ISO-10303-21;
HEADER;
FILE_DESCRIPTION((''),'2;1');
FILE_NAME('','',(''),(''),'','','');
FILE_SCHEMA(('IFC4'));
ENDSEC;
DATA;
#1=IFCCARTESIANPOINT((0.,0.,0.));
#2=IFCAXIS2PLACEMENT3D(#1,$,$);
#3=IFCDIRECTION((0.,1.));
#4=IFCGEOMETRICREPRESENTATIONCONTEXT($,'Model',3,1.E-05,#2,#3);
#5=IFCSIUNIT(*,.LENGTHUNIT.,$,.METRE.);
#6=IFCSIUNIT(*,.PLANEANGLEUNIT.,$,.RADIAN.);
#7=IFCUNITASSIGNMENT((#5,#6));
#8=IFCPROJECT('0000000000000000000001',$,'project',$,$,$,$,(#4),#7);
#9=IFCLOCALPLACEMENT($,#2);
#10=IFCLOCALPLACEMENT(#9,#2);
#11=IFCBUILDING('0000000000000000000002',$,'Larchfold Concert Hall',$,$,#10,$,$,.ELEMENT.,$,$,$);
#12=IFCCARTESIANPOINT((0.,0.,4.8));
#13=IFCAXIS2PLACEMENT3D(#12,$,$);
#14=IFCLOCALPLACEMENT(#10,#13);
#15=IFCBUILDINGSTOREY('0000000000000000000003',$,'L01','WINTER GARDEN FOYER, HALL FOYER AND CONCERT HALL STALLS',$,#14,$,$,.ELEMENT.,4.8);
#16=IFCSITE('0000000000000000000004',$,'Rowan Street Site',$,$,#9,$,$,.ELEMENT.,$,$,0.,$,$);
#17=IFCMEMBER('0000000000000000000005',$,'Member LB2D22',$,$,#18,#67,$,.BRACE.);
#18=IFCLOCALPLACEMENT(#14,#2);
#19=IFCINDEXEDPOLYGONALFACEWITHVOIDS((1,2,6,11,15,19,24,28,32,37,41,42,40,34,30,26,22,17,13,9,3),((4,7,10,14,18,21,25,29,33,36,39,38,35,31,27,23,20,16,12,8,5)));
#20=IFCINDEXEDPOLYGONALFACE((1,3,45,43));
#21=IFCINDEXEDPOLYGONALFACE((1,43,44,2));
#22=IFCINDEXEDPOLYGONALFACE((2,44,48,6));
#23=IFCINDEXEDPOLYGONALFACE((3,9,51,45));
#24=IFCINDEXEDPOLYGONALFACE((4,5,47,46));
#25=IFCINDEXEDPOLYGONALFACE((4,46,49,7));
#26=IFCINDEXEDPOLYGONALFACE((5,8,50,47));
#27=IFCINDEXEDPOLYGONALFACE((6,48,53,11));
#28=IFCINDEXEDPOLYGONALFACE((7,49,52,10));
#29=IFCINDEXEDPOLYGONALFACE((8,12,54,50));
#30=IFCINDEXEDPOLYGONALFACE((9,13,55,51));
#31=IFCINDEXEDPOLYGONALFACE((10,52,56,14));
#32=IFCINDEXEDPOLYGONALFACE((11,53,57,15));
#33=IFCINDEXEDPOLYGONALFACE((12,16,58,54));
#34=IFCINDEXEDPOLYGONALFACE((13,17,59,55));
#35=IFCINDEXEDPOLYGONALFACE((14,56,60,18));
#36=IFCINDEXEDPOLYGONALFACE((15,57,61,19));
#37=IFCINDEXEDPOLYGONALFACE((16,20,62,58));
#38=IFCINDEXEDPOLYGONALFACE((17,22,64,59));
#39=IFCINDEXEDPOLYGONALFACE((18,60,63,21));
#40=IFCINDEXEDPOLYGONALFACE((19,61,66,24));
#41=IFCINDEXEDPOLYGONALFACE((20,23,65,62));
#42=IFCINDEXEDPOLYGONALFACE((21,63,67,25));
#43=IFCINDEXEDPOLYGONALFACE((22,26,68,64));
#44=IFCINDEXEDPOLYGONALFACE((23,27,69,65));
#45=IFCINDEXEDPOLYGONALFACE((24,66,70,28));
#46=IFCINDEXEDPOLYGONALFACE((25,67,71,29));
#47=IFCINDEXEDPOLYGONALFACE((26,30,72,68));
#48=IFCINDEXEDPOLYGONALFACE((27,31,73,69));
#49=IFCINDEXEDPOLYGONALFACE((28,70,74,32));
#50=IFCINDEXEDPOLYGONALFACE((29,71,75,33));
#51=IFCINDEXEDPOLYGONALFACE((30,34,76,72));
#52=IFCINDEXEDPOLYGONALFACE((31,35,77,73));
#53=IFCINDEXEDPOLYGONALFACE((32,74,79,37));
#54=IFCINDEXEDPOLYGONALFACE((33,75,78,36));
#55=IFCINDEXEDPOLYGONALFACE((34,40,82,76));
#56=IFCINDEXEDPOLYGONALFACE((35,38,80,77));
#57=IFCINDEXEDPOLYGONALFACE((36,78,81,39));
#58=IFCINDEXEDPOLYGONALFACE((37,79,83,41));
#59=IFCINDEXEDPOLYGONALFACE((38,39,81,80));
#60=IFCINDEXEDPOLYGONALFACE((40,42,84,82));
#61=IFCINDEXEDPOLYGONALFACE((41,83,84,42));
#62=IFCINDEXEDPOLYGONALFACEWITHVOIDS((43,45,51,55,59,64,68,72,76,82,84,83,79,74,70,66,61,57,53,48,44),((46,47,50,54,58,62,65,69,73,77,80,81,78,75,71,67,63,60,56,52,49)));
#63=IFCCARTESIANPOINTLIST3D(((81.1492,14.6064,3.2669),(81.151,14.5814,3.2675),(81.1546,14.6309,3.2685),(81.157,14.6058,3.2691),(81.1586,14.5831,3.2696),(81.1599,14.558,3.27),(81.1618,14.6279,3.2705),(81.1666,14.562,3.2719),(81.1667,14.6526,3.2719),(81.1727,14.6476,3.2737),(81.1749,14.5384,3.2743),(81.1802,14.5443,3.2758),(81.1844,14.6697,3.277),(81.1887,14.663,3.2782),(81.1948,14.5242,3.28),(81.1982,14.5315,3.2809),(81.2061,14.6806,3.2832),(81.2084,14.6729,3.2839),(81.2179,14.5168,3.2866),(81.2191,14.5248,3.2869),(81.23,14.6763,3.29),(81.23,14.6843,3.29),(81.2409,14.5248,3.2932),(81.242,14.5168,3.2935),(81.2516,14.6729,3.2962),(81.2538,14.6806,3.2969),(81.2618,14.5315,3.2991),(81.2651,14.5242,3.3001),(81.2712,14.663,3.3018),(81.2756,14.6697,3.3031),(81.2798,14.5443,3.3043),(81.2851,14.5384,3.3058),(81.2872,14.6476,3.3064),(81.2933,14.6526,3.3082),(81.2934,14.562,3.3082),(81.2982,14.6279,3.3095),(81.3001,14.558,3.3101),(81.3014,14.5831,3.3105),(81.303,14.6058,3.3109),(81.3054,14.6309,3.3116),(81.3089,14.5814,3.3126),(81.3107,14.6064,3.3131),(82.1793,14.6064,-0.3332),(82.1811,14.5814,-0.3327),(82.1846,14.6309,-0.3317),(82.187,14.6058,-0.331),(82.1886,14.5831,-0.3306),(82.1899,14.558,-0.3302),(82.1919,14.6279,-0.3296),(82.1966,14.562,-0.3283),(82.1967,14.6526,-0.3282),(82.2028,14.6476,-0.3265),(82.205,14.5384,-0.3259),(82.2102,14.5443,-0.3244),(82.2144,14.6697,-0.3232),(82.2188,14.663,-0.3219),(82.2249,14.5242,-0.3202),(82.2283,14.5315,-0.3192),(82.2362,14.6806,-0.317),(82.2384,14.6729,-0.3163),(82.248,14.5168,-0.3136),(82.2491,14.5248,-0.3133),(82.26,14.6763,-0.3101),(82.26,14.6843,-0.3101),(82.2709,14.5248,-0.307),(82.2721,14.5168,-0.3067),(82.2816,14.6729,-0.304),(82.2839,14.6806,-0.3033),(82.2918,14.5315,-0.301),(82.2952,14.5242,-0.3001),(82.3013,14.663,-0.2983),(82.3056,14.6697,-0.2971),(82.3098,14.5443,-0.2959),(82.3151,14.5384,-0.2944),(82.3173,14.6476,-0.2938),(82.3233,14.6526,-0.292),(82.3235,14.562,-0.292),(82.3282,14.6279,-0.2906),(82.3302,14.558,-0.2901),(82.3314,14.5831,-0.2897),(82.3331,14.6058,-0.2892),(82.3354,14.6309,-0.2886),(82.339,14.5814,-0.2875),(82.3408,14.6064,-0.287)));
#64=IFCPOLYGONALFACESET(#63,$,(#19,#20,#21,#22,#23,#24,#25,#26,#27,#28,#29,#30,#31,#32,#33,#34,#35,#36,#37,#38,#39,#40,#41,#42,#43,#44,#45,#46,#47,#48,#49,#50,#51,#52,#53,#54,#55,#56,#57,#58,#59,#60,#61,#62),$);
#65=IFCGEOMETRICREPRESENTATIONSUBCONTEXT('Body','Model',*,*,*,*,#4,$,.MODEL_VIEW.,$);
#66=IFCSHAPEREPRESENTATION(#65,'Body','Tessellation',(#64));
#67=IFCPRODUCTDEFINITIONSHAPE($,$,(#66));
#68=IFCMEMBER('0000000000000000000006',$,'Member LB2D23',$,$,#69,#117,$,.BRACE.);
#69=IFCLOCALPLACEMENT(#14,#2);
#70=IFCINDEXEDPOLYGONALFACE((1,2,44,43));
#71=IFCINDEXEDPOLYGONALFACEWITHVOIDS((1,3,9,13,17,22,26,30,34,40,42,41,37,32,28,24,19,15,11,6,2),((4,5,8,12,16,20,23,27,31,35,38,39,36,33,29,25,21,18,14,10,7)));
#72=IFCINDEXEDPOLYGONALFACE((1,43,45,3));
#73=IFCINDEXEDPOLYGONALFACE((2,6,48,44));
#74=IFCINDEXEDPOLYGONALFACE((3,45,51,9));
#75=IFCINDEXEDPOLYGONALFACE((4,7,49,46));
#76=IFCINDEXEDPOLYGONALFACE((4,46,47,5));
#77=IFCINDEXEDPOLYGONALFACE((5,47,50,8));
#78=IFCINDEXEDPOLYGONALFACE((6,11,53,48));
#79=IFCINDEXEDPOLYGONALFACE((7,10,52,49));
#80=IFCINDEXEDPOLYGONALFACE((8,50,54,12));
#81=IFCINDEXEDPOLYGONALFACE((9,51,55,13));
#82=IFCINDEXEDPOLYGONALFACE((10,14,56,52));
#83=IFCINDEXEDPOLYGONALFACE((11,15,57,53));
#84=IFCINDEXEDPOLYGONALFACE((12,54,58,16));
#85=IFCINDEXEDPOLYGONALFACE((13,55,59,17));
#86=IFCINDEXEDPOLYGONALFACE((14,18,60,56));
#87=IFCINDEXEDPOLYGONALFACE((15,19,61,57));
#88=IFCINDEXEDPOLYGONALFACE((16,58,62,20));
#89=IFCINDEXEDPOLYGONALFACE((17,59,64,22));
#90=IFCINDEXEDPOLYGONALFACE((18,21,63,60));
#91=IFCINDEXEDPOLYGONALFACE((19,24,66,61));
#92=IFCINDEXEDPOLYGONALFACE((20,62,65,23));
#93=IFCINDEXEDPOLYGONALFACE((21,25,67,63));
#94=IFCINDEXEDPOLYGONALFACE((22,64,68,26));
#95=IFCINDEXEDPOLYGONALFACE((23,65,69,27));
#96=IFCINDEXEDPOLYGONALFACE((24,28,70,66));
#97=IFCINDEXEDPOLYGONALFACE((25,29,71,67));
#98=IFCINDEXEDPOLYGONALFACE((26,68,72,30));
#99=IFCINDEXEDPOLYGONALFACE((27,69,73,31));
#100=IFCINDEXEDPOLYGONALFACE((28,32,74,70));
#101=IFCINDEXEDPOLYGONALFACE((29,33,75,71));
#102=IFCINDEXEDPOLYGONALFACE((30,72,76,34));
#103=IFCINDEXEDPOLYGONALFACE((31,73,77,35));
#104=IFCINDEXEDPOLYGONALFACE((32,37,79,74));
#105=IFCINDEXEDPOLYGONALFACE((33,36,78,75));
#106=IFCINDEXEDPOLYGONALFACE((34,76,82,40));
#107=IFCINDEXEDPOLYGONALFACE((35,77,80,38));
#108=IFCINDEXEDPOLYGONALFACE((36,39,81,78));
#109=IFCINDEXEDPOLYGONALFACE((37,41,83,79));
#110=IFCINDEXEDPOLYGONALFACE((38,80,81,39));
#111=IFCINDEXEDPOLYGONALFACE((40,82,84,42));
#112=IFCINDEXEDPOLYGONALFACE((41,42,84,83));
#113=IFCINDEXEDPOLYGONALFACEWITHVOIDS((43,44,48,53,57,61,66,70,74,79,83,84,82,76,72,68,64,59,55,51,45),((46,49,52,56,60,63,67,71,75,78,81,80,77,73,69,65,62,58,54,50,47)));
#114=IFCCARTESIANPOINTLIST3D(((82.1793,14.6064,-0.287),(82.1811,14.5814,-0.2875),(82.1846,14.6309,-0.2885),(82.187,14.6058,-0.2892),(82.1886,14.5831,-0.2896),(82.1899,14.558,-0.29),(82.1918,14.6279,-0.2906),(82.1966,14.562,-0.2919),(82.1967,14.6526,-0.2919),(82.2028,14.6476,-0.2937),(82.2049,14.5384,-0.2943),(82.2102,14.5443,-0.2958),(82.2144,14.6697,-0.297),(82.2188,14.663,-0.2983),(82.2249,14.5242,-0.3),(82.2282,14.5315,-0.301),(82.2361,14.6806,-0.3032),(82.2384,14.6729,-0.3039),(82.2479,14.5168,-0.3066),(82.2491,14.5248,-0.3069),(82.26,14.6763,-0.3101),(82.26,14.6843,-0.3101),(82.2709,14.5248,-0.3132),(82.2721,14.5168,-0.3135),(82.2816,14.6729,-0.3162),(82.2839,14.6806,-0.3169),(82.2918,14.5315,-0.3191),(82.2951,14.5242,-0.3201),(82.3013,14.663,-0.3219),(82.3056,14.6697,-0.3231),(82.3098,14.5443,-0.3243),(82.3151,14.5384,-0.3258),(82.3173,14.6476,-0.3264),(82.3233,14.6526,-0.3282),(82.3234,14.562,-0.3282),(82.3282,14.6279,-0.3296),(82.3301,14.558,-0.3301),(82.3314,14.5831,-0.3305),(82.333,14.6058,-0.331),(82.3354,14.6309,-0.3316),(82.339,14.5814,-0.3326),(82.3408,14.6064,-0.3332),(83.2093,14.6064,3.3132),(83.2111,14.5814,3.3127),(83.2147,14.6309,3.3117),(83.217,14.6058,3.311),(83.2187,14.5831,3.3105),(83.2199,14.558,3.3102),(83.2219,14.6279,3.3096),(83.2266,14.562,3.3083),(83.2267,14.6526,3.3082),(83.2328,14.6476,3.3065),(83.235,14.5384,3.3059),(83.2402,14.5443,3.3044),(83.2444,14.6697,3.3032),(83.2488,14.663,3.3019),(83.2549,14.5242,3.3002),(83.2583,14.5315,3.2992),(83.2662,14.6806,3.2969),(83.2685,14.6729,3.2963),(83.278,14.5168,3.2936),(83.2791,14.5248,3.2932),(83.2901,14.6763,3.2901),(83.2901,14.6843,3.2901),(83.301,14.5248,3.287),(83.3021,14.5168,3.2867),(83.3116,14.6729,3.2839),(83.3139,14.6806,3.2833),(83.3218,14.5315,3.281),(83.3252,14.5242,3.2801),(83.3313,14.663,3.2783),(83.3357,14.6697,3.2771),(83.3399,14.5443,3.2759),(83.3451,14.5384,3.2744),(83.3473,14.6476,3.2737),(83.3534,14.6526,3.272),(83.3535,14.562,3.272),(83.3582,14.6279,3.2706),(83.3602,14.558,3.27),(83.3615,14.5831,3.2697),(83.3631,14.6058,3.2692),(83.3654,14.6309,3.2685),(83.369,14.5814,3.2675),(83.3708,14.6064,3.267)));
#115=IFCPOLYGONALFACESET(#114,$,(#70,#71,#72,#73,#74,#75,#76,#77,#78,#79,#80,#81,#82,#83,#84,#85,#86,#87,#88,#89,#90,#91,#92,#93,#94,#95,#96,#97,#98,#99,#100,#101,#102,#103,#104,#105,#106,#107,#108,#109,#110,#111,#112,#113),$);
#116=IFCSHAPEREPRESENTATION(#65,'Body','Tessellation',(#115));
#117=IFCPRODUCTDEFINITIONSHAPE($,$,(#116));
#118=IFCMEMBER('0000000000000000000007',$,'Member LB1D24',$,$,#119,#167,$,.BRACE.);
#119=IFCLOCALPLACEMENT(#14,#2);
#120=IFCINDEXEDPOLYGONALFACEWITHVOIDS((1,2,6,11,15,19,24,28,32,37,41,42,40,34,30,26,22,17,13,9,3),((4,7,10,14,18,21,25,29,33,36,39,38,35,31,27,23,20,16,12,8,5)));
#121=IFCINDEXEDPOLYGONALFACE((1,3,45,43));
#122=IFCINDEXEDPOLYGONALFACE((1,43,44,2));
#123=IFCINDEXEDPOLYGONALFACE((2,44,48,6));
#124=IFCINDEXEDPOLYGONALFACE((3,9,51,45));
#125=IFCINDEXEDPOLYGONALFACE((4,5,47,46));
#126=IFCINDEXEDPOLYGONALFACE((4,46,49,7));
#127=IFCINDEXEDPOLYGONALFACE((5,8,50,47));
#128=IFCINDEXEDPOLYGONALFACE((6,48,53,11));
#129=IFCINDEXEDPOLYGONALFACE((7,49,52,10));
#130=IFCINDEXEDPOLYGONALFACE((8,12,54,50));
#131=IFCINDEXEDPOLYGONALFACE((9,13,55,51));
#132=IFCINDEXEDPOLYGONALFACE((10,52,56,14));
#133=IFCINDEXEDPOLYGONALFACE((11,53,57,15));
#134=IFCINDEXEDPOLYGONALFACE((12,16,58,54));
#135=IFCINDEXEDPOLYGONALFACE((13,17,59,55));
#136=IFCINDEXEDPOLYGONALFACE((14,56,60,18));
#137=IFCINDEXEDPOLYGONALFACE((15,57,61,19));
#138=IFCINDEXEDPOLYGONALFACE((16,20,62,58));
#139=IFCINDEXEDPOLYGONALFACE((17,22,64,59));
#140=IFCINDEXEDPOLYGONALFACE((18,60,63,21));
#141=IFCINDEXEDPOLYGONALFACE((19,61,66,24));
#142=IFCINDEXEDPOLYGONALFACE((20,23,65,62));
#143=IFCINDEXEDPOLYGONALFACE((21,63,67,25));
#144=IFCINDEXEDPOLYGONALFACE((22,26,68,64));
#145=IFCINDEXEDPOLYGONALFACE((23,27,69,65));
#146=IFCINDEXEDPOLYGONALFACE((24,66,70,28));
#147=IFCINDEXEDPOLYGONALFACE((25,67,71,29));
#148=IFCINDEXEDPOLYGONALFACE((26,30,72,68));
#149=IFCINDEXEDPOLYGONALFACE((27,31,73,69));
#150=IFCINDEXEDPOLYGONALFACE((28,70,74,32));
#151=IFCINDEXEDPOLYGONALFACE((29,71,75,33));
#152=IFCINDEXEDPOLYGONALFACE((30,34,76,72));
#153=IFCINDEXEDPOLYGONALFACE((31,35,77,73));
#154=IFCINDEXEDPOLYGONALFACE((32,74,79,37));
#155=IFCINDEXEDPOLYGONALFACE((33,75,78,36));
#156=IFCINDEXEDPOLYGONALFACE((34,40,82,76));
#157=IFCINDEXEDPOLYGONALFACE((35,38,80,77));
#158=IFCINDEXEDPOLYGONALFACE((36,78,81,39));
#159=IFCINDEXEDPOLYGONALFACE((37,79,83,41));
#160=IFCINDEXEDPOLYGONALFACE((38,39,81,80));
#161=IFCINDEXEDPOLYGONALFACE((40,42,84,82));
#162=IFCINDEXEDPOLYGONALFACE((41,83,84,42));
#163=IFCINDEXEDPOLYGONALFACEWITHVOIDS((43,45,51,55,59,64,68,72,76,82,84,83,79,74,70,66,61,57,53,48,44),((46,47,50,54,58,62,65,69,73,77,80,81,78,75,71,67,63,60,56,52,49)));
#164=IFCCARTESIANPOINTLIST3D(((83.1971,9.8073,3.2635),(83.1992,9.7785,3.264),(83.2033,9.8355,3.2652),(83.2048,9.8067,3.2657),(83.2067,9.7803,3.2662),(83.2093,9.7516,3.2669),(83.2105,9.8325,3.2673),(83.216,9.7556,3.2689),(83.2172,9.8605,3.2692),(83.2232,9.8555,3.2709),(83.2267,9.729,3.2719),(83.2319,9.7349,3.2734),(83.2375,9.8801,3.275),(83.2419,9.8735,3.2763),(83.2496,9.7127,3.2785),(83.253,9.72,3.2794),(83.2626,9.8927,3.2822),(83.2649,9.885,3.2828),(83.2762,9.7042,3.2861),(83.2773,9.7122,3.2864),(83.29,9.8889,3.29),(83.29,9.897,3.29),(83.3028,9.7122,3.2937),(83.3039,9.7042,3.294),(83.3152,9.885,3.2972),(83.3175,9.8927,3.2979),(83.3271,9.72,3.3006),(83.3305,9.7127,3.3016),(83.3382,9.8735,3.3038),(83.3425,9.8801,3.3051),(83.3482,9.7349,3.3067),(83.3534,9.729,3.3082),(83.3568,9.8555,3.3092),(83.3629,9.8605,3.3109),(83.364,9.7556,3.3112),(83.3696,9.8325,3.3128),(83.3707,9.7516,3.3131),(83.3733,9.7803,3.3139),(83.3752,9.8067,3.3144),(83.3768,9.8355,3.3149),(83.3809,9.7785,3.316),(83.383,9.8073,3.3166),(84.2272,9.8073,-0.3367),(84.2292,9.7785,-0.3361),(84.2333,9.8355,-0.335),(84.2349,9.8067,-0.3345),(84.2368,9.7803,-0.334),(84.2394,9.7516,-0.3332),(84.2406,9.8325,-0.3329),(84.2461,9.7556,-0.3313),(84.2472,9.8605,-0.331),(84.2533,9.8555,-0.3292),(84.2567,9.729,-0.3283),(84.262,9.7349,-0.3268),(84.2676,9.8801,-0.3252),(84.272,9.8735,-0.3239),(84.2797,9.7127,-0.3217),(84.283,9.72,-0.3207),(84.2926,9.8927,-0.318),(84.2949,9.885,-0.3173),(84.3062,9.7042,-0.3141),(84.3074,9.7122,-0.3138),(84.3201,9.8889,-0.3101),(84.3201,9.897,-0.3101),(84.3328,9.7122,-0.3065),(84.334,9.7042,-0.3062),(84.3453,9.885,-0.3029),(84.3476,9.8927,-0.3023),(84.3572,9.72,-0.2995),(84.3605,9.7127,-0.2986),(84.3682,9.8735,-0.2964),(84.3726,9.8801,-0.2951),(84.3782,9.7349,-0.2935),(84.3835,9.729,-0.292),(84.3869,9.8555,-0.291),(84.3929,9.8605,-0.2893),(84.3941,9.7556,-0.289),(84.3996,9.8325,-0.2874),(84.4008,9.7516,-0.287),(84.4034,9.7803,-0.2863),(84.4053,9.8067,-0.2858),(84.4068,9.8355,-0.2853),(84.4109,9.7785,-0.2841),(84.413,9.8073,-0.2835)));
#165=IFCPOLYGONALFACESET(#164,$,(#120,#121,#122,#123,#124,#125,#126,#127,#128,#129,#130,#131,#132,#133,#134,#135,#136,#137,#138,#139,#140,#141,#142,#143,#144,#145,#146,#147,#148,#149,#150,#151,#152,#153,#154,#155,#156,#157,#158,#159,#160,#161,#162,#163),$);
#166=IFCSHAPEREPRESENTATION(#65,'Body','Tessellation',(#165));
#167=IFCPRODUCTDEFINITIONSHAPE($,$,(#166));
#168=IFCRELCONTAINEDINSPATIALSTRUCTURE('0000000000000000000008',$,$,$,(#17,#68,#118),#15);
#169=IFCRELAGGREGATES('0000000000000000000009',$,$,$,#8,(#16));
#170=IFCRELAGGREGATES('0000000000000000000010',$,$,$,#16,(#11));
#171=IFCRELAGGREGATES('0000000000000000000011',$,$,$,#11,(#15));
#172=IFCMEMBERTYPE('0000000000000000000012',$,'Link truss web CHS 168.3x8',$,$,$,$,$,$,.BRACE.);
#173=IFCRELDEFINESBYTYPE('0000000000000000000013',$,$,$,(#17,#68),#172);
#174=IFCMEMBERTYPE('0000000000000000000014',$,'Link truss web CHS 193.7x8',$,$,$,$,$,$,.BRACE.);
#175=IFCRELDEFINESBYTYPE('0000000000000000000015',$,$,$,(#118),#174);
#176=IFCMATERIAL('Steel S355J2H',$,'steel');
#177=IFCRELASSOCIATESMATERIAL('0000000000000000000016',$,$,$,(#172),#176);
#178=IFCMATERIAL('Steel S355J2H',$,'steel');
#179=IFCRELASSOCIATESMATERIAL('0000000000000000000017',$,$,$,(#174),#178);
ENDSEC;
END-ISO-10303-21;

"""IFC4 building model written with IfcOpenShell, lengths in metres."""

from ifc_helpers import new_model, si_unit, direction, frame, origin, origin_2d, place, context, subcontext, project, spatial, hollow_circle, extrude, material, material_profile, profile_set, type_object, element, save


model = new_model("IFC4")

# Units and contexts
model_context = context("Model", 3, precision=1e-05, world=origin(), true_north=direction((0.0, 1.0)))
body_context = subcontext(model_context, "Body", "Model", "MODEL_VIEW")
ifc_project = project(units=[si_unit("LENGTHUNIT", "METRE"), si_unit("PLANEANGLEUNIT", "RADIAN")], contexts=[model_context])

# Site, building, storey
site_placement = place(None, origin())
site = spatial("IfcSite", under=ifc_project, at=site_placement, Name="Rowan Street Site", CompositionType="ELEMENT", RefElevation=0.0)
building_placement = place(site_placement, origin())
building = spatial("IfcBuilding", under=site, at=building_placement, Name="Larchfold Concert Hall", CompositionType="ELEMENT")
storey_placement = place(building_placement, frame((0.0, 0.0, 4.8)))
storey = spatial("IfcBuildingStorey", under=building, at=storey_placement, Name="L01", Description="WINTER GARDEN FOYER, HALL FOYER AND CONCERT HALL STALLS", CompositionType="ELEMENT", Elevation=4.8)

# Members
ifc_material_1 = material(Name="Steel S355J2H", Category="steel")
ifc_material_profile_1 = material_profile(ifc_material_1, hollow_circle(Radius=0.0842, WallThickness=0.0081, at=origin_2d()))
ifc_profile_set_1 = profile_set([ifc_material_profile_1], Name="Steel S355J2H")
member_type_1 = type_object("IfcMemberType", Name="Link truss web CHS 168.3x8", PredefinedType="BRACE", material=ifc_profile_set_1)
for number, where, z_axis, x_axis, name in (
    (1, (81.23, 14.6001, 3.29), (0.275074, 0.0, -0.961423), (0.0, 1.0, 0.0), "Member LB2D22"),
    (2, (82.26, 14.6001, -0.3101), (0.275074, 0.0, 0.961423), (0.0, 1.0, 0.0), "Member LB2D23"),
):
    element("IfcMember", number, at=place(storey_placement, frame(where, z_axis=z_axis, x_axis=x_axis)), inside=storey, type_object=member_type_1, Name=name, PredefinedType="BRACE", context=body_context, shape_type="SweptSolid", body=[
        extrude(hollow_circle(Radius=0.0842, WallThickness=0.0081, at=origin_2d()), origin(), (0.0, 0.0, 1.0), 3.7446),
    ])
ifc_material_2 = material(Name="Steel S355J2H", Category="steel")
ifc_material_profile_2 = material_profile(ifc_material_2, hollow_circle(Radius=0.0969, WallThickness=0.0081, at=origin_2d()))
ifc_profile_set_2 = profile_set([ifc_material_profile_2], Name="Steel S355J2H")
member_type_2 = type_object("IfcMemberType", Name="Link truss web CHS 193.7x8", PredefinedType="BRACE", material=ifc_profile_set_2)
for number, where, z_axis, x_axis, name in (
    (3, (83.29, 9.8, 3.29), (0.275074, 0.0, -0.961423), (0.0, 1.0, 0.0), "Member LB1D24"),
):
    element("IfcMember", number, at=place(storey_placement, frame(where, z_axis=z_axis, x_axis=x_axis)), inside=storey, type_object=member_type_2, Name=name, PredefinedType="BRACE", context=body_context, shape_type="SweptSolid", body=[
        extrude(hollow_circle(Radius=0.0969, WallThickness=0.0081, at=origin_2d()), origin(), (0.0, 0.0, 1.0), 3.7446),
    ])

save(model, "model.ifc")
